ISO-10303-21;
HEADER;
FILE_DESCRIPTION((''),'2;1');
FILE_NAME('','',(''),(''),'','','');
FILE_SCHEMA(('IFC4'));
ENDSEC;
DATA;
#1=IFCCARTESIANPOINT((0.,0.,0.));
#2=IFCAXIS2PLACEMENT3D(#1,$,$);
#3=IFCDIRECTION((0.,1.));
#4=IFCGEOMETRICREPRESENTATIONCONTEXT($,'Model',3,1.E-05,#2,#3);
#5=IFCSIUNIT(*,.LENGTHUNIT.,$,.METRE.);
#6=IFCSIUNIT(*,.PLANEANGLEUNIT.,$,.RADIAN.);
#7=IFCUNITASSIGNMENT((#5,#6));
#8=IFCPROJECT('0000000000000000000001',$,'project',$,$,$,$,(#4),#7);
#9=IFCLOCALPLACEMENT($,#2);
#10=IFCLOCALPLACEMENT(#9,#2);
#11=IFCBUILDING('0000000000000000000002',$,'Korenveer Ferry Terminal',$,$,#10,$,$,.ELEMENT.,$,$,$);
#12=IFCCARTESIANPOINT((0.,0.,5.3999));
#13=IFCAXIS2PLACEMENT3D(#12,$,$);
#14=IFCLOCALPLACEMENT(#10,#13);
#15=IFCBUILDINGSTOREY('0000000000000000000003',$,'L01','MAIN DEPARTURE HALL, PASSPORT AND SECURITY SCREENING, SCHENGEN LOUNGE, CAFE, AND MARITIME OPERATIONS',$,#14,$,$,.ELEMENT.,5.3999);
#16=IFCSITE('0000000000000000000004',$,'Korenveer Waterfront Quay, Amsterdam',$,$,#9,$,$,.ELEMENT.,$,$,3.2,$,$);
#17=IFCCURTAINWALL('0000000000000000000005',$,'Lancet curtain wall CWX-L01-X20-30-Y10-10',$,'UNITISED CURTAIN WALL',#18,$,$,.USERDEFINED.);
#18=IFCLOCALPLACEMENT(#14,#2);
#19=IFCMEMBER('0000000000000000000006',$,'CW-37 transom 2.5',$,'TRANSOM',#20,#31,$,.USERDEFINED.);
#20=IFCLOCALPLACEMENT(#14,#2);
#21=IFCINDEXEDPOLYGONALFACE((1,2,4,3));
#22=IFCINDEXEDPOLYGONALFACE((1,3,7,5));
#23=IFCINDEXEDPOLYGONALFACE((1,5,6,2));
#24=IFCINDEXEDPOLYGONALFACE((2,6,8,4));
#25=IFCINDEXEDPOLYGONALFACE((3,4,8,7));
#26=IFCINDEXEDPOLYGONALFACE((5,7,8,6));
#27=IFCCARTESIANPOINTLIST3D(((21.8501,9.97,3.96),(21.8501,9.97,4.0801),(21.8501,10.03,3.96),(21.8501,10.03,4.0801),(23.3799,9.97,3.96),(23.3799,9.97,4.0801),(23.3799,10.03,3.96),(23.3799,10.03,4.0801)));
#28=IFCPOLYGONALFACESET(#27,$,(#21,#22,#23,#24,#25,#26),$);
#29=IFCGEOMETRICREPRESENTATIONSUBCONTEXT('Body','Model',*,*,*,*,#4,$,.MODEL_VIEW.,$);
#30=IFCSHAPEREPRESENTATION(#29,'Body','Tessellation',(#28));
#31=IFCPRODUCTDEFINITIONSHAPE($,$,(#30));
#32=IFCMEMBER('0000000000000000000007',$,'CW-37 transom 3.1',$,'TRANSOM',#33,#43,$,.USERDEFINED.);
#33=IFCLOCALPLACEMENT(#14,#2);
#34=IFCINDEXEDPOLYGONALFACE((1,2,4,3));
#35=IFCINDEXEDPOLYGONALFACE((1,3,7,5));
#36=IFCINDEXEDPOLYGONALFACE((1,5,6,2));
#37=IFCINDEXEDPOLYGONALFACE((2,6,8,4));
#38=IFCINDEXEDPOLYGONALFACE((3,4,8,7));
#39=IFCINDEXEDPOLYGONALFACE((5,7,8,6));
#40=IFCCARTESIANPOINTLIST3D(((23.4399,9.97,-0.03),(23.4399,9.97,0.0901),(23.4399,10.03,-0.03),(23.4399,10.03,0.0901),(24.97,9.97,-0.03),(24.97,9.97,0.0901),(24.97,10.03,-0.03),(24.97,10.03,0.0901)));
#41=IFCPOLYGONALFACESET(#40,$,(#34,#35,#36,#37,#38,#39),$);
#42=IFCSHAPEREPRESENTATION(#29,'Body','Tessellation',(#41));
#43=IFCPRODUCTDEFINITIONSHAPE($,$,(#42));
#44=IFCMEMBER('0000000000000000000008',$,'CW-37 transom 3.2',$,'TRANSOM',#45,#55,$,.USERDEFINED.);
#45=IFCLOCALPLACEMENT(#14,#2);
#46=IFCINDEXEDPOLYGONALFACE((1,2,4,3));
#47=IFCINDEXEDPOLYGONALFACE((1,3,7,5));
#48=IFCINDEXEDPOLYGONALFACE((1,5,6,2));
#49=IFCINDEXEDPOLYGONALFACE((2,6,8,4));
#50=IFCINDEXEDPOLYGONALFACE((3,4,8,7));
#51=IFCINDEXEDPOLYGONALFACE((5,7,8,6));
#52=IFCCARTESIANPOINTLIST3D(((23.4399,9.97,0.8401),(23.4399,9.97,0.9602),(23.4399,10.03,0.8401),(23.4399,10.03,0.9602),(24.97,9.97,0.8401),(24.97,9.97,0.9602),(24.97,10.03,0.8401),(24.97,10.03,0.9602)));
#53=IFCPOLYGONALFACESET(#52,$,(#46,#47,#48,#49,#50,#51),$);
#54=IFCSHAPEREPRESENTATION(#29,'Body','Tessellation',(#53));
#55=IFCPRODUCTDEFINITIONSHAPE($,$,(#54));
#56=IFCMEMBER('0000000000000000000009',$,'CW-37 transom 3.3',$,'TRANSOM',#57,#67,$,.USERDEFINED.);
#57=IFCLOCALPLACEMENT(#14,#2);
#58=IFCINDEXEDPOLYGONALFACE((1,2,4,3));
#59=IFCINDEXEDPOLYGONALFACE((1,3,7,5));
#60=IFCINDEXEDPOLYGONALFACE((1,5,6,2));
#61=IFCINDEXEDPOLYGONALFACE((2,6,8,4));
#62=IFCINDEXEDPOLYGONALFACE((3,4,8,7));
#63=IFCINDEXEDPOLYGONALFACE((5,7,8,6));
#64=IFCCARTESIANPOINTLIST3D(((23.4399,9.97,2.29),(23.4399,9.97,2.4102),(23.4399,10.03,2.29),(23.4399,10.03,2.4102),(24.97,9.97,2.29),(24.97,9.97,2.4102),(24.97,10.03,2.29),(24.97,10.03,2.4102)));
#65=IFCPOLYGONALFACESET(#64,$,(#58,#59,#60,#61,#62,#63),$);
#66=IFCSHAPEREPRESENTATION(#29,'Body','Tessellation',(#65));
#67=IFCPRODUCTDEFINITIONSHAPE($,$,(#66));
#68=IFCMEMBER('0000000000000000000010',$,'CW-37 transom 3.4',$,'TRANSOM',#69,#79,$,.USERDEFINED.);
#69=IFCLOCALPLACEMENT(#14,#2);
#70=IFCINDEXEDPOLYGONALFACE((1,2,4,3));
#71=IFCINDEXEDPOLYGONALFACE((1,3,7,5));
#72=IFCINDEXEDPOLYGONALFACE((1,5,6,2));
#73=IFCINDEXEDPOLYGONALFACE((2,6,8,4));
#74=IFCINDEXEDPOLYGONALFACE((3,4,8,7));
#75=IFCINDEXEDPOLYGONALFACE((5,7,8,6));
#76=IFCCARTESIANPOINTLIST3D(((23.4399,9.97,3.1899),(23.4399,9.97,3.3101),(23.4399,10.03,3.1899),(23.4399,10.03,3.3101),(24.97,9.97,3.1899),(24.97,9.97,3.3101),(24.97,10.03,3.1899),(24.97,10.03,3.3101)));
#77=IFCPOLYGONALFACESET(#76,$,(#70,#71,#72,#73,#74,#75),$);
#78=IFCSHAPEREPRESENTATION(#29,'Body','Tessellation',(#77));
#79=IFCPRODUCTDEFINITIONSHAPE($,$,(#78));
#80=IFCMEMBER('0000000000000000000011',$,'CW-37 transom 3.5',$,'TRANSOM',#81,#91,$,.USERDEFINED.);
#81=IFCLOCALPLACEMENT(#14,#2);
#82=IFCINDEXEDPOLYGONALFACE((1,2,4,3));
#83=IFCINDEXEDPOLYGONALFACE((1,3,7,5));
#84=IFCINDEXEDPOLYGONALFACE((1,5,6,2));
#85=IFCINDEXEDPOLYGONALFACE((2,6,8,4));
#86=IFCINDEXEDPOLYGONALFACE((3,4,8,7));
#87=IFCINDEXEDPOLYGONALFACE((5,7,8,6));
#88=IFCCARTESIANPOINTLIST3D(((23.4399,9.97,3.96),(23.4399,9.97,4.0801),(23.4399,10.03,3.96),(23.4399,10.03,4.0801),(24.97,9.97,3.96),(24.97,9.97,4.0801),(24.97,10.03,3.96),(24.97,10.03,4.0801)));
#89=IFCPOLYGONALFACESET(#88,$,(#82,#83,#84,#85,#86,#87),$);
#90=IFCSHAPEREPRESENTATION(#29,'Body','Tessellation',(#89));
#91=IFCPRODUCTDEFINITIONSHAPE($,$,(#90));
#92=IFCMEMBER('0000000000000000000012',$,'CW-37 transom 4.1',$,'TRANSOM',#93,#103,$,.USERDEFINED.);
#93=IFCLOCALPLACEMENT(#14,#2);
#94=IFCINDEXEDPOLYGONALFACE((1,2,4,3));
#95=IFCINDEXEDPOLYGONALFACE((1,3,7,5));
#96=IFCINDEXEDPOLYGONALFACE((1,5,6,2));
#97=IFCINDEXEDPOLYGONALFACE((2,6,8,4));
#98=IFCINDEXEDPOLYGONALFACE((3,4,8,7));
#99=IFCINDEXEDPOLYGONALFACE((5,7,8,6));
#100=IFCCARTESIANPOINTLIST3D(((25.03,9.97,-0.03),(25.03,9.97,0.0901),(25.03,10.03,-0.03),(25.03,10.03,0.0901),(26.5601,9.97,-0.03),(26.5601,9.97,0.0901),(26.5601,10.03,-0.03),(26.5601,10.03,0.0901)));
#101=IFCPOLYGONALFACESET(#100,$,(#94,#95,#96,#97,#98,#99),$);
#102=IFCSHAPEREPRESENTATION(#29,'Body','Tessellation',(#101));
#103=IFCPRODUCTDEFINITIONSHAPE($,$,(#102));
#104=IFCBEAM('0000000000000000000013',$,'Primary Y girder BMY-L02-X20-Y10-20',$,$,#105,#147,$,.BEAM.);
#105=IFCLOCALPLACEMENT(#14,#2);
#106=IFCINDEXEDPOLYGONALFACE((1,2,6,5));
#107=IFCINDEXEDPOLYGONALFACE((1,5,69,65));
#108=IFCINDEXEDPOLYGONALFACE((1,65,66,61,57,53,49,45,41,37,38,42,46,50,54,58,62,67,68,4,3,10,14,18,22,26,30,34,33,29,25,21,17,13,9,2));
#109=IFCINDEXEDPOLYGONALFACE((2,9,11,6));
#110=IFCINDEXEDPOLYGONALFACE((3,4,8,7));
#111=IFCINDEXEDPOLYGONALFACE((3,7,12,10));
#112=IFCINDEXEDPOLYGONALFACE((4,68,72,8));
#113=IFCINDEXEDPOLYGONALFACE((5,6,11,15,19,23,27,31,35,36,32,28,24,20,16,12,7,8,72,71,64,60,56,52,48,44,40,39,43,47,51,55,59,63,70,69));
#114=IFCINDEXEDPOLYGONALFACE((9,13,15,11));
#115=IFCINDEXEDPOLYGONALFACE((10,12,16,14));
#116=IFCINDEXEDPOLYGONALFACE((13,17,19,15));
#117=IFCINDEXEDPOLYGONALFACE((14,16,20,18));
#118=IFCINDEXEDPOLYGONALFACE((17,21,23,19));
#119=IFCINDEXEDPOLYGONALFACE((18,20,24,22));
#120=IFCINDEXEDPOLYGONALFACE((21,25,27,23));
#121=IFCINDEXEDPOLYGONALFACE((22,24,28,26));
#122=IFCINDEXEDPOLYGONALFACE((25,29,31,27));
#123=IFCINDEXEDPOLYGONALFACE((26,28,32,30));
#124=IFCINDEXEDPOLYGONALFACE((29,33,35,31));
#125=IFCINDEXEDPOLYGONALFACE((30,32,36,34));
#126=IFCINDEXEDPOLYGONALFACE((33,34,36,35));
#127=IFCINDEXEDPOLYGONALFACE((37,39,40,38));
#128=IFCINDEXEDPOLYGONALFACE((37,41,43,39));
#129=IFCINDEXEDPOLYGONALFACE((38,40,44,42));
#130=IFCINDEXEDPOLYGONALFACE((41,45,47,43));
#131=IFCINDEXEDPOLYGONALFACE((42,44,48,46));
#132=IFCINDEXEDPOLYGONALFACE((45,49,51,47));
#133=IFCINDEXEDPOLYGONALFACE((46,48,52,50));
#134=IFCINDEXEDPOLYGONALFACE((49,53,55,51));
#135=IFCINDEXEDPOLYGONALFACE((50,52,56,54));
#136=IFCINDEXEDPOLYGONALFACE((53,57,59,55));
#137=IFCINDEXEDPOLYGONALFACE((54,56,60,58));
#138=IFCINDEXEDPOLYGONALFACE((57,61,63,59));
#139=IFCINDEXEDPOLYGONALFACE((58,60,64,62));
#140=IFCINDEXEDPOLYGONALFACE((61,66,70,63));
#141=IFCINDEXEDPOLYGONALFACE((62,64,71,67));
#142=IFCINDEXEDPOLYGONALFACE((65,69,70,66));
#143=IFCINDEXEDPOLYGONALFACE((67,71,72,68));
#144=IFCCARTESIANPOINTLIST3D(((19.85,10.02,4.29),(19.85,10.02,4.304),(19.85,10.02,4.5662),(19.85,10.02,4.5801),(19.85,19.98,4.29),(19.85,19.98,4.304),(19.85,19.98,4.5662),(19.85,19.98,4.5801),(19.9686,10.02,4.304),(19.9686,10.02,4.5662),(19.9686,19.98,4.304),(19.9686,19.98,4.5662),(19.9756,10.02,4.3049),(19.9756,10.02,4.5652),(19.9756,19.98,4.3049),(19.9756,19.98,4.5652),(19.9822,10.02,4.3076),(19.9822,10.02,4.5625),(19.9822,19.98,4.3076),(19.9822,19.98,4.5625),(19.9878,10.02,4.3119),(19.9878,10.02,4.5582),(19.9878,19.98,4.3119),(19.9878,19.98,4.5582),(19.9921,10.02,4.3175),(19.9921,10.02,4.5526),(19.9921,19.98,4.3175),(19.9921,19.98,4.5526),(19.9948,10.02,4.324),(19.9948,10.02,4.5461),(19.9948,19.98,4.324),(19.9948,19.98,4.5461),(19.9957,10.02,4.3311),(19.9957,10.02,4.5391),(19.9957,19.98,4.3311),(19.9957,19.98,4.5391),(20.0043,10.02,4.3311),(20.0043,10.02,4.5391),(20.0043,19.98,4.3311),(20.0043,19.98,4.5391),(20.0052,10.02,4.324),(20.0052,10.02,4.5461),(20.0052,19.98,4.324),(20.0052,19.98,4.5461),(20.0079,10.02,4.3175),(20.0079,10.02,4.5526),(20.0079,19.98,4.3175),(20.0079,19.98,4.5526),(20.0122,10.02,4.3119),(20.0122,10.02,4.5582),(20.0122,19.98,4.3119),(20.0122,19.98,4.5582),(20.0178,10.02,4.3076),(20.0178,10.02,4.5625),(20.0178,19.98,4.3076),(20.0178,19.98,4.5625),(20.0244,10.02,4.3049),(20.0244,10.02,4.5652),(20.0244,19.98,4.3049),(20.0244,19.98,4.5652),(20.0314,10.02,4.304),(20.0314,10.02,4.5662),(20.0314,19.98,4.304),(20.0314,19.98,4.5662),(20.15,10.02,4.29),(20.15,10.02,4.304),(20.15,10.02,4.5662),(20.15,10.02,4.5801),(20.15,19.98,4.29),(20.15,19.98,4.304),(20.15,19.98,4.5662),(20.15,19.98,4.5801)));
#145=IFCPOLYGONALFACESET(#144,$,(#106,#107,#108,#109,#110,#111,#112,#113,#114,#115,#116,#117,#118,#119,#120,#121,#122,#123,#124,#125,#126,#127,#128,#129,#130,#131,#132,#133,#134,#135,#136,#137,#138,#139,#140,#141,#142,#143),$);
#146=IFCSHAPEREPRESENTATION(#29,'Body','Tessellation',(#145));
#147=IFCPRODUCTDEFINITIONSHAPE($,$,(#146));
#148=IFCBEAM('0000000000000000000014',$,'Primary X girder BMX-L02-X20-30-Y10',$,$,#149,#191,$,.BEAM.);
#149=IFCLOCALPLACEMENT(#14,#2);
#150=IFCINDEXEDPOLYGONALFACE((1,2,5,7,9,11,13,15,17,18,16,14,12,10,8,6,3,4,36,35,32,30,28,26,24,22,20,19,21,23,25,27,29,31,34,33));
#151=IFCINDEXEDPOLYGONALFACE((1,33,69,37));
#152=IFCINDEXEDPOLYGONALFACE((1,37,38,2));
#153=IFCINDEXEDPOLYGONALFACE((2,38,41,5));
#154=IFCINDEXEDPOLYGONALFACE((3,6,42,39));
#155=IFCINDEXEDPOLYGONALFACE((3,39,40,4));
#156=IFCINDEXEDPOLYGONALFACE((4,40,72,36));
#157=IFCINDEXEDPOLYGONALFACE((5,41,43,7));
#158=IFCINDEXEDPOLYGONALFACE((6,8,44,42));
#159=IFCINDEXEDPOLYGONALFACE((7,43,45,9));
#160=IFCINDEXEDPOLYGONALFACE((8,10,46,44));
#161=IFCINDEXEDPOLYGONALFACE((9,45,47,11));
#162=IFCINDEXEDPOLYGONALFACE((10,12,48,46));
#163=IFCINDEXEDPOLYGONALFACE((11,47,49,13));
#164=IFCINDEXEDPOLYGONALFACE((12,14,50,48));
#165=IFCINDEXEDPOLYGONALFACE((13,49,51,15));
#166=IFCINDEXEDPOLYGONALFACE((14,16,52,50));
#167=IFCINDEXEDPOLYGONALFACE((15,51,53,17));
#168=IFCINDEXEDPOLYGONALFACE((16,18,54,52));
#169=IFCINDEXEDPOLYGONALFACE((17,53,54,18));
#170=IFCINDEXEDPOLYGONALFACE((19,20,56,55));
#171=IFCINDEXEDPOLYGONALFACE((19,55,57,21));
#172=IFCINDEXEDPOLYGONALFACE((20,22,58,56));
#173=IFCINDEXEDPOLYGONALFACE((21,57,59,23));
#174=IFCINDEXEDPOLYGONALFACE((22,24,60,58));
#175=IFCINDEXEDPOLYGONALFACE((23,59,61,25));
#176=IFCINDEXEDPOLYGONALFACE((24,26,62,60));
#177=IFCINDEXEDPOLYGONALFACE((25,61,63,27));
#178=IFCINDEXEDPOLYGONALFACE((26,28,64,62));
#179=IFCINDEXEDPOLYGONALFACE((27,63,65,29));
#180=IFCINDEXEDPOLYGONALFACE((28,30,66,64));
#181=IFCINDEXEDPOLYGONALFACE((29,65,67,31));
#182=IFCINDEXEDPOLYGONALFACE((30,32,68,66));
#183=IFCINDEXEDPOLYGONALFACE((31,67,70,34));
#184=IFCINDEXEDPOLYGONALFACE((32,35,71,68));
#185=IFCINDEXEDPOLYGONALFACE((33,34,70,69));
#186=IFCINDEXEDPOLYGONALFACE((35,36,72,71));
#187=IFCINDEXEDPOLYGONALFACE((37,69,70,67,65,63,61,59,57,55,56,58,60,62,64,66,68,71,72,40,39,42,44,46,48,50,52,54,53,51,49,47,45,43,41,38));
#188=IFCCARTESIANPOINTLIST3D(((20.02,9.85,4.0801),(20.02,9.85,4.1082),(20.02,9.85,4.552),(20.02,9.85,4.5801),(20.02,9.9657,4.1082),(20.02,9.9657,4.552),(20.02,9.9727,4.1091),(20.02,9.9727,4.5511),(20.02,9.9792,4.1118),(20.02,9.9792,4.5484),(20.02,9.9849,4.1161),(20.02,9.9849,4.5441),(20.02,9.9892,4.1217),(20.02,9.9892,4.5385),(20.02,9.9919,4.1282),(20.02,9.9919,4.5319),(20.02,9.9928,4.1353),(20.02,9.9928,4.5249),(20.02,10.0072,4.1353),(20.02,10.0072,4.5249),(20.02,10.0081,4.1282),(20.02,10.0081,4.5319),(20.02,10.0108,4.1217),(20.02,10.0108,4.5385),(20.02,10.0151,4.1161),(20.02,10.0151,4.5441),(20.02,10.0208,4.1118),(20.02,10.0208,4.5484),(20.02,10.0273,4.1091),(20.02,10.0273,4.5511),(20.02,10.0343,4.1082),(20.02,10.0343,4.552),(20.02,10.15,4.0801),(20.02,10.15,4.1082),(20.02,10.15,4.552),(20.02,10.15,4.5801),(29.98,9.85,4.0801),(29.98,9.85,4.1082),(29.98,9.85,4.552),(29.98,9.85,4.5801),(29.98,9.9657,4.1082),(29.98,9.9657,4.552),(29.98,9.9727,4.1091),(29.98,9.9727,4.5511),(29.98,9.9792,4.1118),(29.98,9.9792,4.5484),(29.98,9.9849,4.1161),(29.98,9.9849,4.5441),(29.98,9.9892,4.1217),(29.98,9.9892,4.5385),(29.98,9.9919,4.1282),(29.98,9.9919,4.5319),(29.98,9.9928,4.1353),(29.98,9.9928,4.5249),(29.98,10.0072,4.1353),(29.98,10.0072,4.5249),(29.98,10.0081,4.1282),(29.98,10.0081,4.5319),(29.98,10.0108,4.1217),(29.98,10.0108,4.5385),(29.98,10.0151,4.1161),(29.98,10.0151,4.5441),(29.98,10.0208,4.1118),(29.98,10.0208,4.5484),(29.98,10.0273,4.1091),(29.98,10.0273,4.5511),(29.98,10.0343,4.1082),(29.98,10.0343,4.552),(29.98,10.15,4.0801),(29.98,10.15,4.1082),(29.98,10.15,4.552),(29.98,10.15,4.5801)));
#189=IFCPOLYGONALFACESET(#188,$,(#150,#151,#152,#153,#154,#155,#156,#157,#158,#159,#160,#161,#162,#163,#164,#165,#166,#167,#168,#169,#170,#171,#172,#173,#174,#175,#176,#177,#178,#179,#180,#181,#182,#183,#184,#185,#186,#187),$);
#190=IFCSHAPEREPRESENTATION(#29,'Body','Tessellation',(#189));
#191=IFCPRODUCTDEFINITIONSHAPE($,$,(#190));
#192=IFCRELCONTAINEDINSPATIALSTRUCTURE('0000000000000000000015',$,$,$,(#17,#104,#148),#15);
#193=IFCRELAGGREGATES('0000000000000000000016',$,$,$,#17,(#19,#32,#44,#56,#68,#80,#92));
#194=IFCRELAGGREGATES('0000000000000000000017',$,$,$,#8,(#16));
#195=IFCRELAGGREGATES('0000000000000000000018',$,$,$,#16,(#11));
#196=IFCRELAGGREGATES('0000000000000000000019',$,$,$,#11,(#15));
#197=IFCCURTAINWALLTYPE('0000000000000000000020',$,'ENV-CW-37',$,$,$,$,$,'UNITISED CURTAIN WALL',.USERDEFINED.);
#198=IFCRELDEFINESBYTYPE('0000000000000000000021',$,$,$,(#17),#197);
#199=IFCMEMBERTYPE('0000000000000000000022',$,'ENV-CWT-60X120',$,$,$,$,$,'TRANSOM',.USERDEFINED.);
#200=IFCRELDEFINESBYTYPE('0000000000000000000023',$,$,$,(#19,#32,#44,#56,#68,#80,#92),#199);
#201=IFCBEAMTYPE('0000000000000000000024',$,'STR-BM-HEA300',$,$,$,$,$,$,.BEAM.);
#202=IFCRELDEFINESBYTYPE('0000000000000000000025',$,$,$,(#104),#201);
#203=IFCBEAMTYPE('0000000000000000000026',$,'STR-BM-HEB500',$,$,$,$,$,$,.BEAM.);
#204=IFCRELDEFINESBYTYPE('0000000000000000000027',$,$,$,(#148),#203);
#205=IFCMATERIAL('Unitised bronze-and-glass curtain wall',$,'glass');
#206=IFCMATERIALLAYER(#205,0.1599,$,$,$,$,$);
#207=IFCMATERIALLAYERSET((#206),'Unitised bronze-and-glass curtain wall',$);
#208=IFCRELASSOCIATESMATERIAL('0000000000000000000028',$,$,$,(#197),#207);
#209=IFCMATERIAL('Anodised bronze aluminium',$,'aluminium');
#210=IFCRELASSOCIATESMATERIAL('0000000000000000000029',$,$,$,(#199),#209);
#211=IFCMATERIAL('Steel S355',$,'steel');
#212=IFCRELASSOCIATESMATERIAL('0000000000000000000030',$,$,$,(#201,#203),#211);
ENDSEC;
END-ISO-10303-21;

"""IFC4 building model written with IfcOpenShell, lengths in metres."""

from ifc_helpers import new_model, si_unit, direction, frame, origin, origin_2d, place, context, subcontext, project, spatial, rectangle, i_section, extrude, material, layer, layer_set, material_profile, profile_set, type_object, element, aggregate, save


model = new_model("IFC4")

# Units and contexts
model_context = context("Model", 3, precision=1e-05, world=origin(), true_north=direction((0.0, 1.0)))
body_context = subcontext(model_context, "Body", "Model", "MODEL_VIEW")
ifc_project = project(units=[si_unit("LENGTHUNIT", "METRE"), si_unit("PLANEANGLEUNIT", "RADIAN")], contexts=[model_context])

# Site, building, storey
site_placement = place(None, origin())
site = spatial("IfcSite", under=ifc_project, at=site_placement, Name="Korenveer Waterfront Quay, Amsterdam", CompositionType="ELEMENT", RefElevation=3.2)
building_placement = place(site_placement, origin())
building = spatial("IfcBuilding", under=site, at=building_placement, Name="Korenveer Ferry Terminal", CompositionType="ELEMENT")
storey_placement = place(building_placement, frame((0.0, 0.0, 5.3999)))
storey = spatial("IfcBuildingStorey", under=building, at=storey_placement, Name="L01", Description="MAIN DEPARTURE HALL, PASSPORT AND SECURITY SCREENING, SCHENGEN LOUNGE, CAFE, AND MARITIME OPERATIONS", CompositionType="ELEMENT", Elevation=5.3999)

# Curtain wall, members
ifc_material_1 = material(Name="Unitised bronze-and-glass curtain wall", Category="glass")
ifc_layer_1 = layer(ifc_material_1, 0.1599)
ifc_layer_set_1 = layer_set([ifc_layer_1], Name="Unitised bronze-and-glass curtain wall")
curtain_wall_type = type_object("IfcCurtainWallType", Name="ENV-CW-37", ElementType="UNITISED CURTAIN WALL", PredefinedType="USERDEFINED", material=ifc_layer_set_1)
curtain_wall_placement = place(storey_placement, frame((20.23, 10.0, 0.0)))
curtain_wall = element("IfcCurtainWall", 1, at=curtain_wall_placement, inside=storey, type_object=curtain_wall_type, Name="Lancet curtain wall CWX-L01-X20-30-Y10-10", ObjectType="UNITISED CURTAIN WALL", PredefinedType="USERDEFINED")
ifc_material_2 = material(Name="Anodised bronze aluminium", Category="aluminium")
ifc_material_profile_1 = material_profile(ifc_material_2, rectangle(XDim=0.0601, YDim=0.1201, at=origin_2d()), Name="ALU 60x120")
ifc_profile_set_1 = profile_set([ifc_material_profile_1], Name="Anodised bronze aluminium")
member_type_1 = type_object("IfcMemberType", Name="ENV-CWT-60X120", ElementType="TRANSOM", PredefinedType="USERDEFINED", material=ifc_profile_set_1)
member_1_placement = place(storey_placement, frame((21.8501, 10.0, 4.02), z_axis=(1.0, 0.0, 0.0), x_axis=(0.0, 1.0, 0.0)))
member_1 = element("IfcMember", 2, at=member_1_placement, type_object=member_type_1, Name="CW-37 transom 2.5", ObjectType="TRANSOM", PredefinedType="USERDEFINED", context=body_context, shape_type="SweptSolid", body=[
    extrude(rectangle(XDim=0.0601, YDim=0.1201, at=origin_2d()), origin(), (0.0, 0.0, 1.0), 1.5298),
])
member_2_placement = place(storey_placement, frame((23.4399, 10.0, 0.03), z_axis=(1.0, 0.0, 0.0), x_axis=(0.0, 1.0, 0.0)))
member_2 = element("IfcMember", 3, at=member_2_placement, type_object=member_type_1, Name="CW-37 transom 3.1", ObjectType="TRANSOM", PredefinedType="USERDEFINED", context=body_context, shape_type="SweptSolid", body=[
    extrude(rectangle(XDim=0.0601, YDim=0.1201, at=origin_2d()), origin(), (0.0, 0.0, 1.0), 1.53),
])
member_3_placement = place(storey_placement, frame((23.4399, 10.0, 0.9001), z_axis=(1.0, 0.0, 0.0), x_axis=(0.0, 1.0, 0.0)))
member_3 = element("IfcMember", 4, at=member_3_placement, type_object=member_type_1, Name="CW-37 transom 3.2", ObjectType="TRANSOM", PredefinedType="USERDEFINED", context=body_context, shape_type="SweptSolid", body=[
    extrude(rectangle(XDim=0.0601, YDim=0.1201, at=origin_2d()), origin(), (0.0, 0.0, 1.0), 1.53),
])
member_4_placement = place(storey_placement, frame((23.4399, 10.0, 2.3501), z_axis=(1.0, 0.0, 0.0), x_axis=(0.0, 1.0, 0.0)))
member_4 = element("IfcMember", 5, at=member_4_placement, type_object=member_type_1, Name="CW-37 transom 3.3", ObjectType="TRANSOM", PredefinedType="USERDEFINED", context=body_context, shape_type="SweptSolid", body=[
    extrude(rectangle(XDim=0.0601, YDim=0.1201, at=origin_2d()), origin(), (0.0, 0.0, 1.0), 1.53),
])
member_5_placement = place(storey_placement, frame((23.4399, 10.0, 3.25), z_axis=(1.0, 0.0, 0.0), x_axis=(0.0, 1.0, 0.0)))
member_5 = element("IfcMember", 6, at=member_5_placement, type_object=member_type_1, Name="CW-37 transom 3.4", ObjectType="TRANSOM", PredefinedType="USERDEFINED", context=body_context, shape_type="SweptSolid", body=[
    extrude(rectangle(XDim=0.0601, YDim=0.1201, at=origin_2d()), origin(), (0.0, 0.0, 1.0), 1.53),
])
member_6_placement = place(storey_placement, frame((23.4399, 10.0, 4.02), z_axis=(1.0, 0.0, 0.0), x_axis=(0.0, 1.0, 0.0)))
member_6 = element("IfcMember", 7, at=member_6_placement, type_object=member_type_1, Name="CW-37 transom 3.5", ObjectType="TRANSOM", PredefinedType="USERDEFINED", context=body_context, shape_type="SweptSolid", body=[
    extrude(rectangle(XDim=0.0601, YDim=0.1201, at=origin_2d()), origin(), (0.0, 0.0, 1.0), 1.53),
])
member_7_placement = place(storey_placement, frame((25.03, 10.0, 0.03), z_axis=(1.0, 0.0, 0.0), x_axis=(0.0, 1.0, 0.0)))
member_7 = element("IfcMember", 8, at=member_7_placement, type_object=member_type_1, Name="CW-37 transom 4.1", ObjectType="TRANSOM", PredefinedType="USERDEFINED", context=body_context, shape_type="SweptSolid", body=[
    extrude(rectangle(XDim=0.0601, YDim=0.1201, at=origin_2d()), origin(), (0.0, 0.0, 1.0), 1.53),
])

# Beams
ifc_material_3 = material(Name="Steel S355", Category="steel")
ifc_material_profile_2 = material_profile(ifc_material_3, i_section(OverallWidth=0.3, OverallDepth=0.29, WebThickness=0.0085, FlangeThickness=0.0139, FilletRadius=0.0271, at=origin_2d()), Name="HEA 300")
ifc_profile_set_2 = profile_set([ifc_material_profile_2], Name="Steel S355")
beam_type_1 = type_object("IfcBeamType", Name="STR-BM-HEA300", PredefinedType="BEAM", material=ifc_profile_set_2)
beam_1_placement = place(storey_placement, frame((20.0, 10.02, 4.4351), z_axis=(0.0, 1.0, 0.0), x_axis=(-1.0, 0.0, 0.0)))
element("IfcBeam", 9, at=beam_1_placement, inside=storey, type_object=beam_type_1, Name="Primary Y girder BMY-L02-X20-Y10-20", PredefinedType="BEAM", context=body_context, shape_type="SweptSolid", body=[
    extrude(i_section(OverallWidth=0.3, OverallDepth=0.29, WebThickness=0.0085, FlangeThickness=0.0139, FilletRadius=0.0271, at=origin_2d()), origin(), (0.0, 0.0, 1.0), 9.96),
])
ifc_material_profile_3 = material_profile(ifc_material_3, i_section(OverallWidth=0.3, OverallDepth=0.5, WebThickness=0.0144, FlangeThickness=0.0281, FilletRadius=0.0271, at=origin_2d()), Name="HEB 500")
ifc_profile_set_3 = profile_set([ifc_material_profile_3], Name="Steel S355")
beam_type_2 = type_object("IfcBeamType", Name="STR-BM-HEB500", PredefinedType="BEAM", material=ifc_profile_set_3)
beam_2_placement = place(storey_placement, frame((20.02, 10.0, 4.3301), z_axis=(1.0, 0.0, 0.0), x_axis=(0.0, 1.0, 0.0)))
element("IfcBeam", 10, at=beam_2_placement, inside=storey, type_object=beam_type_2, Name="Primary X girder BMX-L02-X20-30-Y10", PredefinedType="BEAM", context=body_context, shape_type="SweptSolid", body=[
    extrude(i_section(OverallWidth=0.3, OverallDepth=0.5, WebThickness=0.0144, FlangeThickness=0.0281, FilletRadius=0.0271, at=origin_2d()), origin(), (0.0, 0.0, 1.0), 9.96),
])

aggregate(curtain_wall, [member_1, member_2, member_3, member_4, member_5, member_6, member_7])

save(model, "model.ifc")
